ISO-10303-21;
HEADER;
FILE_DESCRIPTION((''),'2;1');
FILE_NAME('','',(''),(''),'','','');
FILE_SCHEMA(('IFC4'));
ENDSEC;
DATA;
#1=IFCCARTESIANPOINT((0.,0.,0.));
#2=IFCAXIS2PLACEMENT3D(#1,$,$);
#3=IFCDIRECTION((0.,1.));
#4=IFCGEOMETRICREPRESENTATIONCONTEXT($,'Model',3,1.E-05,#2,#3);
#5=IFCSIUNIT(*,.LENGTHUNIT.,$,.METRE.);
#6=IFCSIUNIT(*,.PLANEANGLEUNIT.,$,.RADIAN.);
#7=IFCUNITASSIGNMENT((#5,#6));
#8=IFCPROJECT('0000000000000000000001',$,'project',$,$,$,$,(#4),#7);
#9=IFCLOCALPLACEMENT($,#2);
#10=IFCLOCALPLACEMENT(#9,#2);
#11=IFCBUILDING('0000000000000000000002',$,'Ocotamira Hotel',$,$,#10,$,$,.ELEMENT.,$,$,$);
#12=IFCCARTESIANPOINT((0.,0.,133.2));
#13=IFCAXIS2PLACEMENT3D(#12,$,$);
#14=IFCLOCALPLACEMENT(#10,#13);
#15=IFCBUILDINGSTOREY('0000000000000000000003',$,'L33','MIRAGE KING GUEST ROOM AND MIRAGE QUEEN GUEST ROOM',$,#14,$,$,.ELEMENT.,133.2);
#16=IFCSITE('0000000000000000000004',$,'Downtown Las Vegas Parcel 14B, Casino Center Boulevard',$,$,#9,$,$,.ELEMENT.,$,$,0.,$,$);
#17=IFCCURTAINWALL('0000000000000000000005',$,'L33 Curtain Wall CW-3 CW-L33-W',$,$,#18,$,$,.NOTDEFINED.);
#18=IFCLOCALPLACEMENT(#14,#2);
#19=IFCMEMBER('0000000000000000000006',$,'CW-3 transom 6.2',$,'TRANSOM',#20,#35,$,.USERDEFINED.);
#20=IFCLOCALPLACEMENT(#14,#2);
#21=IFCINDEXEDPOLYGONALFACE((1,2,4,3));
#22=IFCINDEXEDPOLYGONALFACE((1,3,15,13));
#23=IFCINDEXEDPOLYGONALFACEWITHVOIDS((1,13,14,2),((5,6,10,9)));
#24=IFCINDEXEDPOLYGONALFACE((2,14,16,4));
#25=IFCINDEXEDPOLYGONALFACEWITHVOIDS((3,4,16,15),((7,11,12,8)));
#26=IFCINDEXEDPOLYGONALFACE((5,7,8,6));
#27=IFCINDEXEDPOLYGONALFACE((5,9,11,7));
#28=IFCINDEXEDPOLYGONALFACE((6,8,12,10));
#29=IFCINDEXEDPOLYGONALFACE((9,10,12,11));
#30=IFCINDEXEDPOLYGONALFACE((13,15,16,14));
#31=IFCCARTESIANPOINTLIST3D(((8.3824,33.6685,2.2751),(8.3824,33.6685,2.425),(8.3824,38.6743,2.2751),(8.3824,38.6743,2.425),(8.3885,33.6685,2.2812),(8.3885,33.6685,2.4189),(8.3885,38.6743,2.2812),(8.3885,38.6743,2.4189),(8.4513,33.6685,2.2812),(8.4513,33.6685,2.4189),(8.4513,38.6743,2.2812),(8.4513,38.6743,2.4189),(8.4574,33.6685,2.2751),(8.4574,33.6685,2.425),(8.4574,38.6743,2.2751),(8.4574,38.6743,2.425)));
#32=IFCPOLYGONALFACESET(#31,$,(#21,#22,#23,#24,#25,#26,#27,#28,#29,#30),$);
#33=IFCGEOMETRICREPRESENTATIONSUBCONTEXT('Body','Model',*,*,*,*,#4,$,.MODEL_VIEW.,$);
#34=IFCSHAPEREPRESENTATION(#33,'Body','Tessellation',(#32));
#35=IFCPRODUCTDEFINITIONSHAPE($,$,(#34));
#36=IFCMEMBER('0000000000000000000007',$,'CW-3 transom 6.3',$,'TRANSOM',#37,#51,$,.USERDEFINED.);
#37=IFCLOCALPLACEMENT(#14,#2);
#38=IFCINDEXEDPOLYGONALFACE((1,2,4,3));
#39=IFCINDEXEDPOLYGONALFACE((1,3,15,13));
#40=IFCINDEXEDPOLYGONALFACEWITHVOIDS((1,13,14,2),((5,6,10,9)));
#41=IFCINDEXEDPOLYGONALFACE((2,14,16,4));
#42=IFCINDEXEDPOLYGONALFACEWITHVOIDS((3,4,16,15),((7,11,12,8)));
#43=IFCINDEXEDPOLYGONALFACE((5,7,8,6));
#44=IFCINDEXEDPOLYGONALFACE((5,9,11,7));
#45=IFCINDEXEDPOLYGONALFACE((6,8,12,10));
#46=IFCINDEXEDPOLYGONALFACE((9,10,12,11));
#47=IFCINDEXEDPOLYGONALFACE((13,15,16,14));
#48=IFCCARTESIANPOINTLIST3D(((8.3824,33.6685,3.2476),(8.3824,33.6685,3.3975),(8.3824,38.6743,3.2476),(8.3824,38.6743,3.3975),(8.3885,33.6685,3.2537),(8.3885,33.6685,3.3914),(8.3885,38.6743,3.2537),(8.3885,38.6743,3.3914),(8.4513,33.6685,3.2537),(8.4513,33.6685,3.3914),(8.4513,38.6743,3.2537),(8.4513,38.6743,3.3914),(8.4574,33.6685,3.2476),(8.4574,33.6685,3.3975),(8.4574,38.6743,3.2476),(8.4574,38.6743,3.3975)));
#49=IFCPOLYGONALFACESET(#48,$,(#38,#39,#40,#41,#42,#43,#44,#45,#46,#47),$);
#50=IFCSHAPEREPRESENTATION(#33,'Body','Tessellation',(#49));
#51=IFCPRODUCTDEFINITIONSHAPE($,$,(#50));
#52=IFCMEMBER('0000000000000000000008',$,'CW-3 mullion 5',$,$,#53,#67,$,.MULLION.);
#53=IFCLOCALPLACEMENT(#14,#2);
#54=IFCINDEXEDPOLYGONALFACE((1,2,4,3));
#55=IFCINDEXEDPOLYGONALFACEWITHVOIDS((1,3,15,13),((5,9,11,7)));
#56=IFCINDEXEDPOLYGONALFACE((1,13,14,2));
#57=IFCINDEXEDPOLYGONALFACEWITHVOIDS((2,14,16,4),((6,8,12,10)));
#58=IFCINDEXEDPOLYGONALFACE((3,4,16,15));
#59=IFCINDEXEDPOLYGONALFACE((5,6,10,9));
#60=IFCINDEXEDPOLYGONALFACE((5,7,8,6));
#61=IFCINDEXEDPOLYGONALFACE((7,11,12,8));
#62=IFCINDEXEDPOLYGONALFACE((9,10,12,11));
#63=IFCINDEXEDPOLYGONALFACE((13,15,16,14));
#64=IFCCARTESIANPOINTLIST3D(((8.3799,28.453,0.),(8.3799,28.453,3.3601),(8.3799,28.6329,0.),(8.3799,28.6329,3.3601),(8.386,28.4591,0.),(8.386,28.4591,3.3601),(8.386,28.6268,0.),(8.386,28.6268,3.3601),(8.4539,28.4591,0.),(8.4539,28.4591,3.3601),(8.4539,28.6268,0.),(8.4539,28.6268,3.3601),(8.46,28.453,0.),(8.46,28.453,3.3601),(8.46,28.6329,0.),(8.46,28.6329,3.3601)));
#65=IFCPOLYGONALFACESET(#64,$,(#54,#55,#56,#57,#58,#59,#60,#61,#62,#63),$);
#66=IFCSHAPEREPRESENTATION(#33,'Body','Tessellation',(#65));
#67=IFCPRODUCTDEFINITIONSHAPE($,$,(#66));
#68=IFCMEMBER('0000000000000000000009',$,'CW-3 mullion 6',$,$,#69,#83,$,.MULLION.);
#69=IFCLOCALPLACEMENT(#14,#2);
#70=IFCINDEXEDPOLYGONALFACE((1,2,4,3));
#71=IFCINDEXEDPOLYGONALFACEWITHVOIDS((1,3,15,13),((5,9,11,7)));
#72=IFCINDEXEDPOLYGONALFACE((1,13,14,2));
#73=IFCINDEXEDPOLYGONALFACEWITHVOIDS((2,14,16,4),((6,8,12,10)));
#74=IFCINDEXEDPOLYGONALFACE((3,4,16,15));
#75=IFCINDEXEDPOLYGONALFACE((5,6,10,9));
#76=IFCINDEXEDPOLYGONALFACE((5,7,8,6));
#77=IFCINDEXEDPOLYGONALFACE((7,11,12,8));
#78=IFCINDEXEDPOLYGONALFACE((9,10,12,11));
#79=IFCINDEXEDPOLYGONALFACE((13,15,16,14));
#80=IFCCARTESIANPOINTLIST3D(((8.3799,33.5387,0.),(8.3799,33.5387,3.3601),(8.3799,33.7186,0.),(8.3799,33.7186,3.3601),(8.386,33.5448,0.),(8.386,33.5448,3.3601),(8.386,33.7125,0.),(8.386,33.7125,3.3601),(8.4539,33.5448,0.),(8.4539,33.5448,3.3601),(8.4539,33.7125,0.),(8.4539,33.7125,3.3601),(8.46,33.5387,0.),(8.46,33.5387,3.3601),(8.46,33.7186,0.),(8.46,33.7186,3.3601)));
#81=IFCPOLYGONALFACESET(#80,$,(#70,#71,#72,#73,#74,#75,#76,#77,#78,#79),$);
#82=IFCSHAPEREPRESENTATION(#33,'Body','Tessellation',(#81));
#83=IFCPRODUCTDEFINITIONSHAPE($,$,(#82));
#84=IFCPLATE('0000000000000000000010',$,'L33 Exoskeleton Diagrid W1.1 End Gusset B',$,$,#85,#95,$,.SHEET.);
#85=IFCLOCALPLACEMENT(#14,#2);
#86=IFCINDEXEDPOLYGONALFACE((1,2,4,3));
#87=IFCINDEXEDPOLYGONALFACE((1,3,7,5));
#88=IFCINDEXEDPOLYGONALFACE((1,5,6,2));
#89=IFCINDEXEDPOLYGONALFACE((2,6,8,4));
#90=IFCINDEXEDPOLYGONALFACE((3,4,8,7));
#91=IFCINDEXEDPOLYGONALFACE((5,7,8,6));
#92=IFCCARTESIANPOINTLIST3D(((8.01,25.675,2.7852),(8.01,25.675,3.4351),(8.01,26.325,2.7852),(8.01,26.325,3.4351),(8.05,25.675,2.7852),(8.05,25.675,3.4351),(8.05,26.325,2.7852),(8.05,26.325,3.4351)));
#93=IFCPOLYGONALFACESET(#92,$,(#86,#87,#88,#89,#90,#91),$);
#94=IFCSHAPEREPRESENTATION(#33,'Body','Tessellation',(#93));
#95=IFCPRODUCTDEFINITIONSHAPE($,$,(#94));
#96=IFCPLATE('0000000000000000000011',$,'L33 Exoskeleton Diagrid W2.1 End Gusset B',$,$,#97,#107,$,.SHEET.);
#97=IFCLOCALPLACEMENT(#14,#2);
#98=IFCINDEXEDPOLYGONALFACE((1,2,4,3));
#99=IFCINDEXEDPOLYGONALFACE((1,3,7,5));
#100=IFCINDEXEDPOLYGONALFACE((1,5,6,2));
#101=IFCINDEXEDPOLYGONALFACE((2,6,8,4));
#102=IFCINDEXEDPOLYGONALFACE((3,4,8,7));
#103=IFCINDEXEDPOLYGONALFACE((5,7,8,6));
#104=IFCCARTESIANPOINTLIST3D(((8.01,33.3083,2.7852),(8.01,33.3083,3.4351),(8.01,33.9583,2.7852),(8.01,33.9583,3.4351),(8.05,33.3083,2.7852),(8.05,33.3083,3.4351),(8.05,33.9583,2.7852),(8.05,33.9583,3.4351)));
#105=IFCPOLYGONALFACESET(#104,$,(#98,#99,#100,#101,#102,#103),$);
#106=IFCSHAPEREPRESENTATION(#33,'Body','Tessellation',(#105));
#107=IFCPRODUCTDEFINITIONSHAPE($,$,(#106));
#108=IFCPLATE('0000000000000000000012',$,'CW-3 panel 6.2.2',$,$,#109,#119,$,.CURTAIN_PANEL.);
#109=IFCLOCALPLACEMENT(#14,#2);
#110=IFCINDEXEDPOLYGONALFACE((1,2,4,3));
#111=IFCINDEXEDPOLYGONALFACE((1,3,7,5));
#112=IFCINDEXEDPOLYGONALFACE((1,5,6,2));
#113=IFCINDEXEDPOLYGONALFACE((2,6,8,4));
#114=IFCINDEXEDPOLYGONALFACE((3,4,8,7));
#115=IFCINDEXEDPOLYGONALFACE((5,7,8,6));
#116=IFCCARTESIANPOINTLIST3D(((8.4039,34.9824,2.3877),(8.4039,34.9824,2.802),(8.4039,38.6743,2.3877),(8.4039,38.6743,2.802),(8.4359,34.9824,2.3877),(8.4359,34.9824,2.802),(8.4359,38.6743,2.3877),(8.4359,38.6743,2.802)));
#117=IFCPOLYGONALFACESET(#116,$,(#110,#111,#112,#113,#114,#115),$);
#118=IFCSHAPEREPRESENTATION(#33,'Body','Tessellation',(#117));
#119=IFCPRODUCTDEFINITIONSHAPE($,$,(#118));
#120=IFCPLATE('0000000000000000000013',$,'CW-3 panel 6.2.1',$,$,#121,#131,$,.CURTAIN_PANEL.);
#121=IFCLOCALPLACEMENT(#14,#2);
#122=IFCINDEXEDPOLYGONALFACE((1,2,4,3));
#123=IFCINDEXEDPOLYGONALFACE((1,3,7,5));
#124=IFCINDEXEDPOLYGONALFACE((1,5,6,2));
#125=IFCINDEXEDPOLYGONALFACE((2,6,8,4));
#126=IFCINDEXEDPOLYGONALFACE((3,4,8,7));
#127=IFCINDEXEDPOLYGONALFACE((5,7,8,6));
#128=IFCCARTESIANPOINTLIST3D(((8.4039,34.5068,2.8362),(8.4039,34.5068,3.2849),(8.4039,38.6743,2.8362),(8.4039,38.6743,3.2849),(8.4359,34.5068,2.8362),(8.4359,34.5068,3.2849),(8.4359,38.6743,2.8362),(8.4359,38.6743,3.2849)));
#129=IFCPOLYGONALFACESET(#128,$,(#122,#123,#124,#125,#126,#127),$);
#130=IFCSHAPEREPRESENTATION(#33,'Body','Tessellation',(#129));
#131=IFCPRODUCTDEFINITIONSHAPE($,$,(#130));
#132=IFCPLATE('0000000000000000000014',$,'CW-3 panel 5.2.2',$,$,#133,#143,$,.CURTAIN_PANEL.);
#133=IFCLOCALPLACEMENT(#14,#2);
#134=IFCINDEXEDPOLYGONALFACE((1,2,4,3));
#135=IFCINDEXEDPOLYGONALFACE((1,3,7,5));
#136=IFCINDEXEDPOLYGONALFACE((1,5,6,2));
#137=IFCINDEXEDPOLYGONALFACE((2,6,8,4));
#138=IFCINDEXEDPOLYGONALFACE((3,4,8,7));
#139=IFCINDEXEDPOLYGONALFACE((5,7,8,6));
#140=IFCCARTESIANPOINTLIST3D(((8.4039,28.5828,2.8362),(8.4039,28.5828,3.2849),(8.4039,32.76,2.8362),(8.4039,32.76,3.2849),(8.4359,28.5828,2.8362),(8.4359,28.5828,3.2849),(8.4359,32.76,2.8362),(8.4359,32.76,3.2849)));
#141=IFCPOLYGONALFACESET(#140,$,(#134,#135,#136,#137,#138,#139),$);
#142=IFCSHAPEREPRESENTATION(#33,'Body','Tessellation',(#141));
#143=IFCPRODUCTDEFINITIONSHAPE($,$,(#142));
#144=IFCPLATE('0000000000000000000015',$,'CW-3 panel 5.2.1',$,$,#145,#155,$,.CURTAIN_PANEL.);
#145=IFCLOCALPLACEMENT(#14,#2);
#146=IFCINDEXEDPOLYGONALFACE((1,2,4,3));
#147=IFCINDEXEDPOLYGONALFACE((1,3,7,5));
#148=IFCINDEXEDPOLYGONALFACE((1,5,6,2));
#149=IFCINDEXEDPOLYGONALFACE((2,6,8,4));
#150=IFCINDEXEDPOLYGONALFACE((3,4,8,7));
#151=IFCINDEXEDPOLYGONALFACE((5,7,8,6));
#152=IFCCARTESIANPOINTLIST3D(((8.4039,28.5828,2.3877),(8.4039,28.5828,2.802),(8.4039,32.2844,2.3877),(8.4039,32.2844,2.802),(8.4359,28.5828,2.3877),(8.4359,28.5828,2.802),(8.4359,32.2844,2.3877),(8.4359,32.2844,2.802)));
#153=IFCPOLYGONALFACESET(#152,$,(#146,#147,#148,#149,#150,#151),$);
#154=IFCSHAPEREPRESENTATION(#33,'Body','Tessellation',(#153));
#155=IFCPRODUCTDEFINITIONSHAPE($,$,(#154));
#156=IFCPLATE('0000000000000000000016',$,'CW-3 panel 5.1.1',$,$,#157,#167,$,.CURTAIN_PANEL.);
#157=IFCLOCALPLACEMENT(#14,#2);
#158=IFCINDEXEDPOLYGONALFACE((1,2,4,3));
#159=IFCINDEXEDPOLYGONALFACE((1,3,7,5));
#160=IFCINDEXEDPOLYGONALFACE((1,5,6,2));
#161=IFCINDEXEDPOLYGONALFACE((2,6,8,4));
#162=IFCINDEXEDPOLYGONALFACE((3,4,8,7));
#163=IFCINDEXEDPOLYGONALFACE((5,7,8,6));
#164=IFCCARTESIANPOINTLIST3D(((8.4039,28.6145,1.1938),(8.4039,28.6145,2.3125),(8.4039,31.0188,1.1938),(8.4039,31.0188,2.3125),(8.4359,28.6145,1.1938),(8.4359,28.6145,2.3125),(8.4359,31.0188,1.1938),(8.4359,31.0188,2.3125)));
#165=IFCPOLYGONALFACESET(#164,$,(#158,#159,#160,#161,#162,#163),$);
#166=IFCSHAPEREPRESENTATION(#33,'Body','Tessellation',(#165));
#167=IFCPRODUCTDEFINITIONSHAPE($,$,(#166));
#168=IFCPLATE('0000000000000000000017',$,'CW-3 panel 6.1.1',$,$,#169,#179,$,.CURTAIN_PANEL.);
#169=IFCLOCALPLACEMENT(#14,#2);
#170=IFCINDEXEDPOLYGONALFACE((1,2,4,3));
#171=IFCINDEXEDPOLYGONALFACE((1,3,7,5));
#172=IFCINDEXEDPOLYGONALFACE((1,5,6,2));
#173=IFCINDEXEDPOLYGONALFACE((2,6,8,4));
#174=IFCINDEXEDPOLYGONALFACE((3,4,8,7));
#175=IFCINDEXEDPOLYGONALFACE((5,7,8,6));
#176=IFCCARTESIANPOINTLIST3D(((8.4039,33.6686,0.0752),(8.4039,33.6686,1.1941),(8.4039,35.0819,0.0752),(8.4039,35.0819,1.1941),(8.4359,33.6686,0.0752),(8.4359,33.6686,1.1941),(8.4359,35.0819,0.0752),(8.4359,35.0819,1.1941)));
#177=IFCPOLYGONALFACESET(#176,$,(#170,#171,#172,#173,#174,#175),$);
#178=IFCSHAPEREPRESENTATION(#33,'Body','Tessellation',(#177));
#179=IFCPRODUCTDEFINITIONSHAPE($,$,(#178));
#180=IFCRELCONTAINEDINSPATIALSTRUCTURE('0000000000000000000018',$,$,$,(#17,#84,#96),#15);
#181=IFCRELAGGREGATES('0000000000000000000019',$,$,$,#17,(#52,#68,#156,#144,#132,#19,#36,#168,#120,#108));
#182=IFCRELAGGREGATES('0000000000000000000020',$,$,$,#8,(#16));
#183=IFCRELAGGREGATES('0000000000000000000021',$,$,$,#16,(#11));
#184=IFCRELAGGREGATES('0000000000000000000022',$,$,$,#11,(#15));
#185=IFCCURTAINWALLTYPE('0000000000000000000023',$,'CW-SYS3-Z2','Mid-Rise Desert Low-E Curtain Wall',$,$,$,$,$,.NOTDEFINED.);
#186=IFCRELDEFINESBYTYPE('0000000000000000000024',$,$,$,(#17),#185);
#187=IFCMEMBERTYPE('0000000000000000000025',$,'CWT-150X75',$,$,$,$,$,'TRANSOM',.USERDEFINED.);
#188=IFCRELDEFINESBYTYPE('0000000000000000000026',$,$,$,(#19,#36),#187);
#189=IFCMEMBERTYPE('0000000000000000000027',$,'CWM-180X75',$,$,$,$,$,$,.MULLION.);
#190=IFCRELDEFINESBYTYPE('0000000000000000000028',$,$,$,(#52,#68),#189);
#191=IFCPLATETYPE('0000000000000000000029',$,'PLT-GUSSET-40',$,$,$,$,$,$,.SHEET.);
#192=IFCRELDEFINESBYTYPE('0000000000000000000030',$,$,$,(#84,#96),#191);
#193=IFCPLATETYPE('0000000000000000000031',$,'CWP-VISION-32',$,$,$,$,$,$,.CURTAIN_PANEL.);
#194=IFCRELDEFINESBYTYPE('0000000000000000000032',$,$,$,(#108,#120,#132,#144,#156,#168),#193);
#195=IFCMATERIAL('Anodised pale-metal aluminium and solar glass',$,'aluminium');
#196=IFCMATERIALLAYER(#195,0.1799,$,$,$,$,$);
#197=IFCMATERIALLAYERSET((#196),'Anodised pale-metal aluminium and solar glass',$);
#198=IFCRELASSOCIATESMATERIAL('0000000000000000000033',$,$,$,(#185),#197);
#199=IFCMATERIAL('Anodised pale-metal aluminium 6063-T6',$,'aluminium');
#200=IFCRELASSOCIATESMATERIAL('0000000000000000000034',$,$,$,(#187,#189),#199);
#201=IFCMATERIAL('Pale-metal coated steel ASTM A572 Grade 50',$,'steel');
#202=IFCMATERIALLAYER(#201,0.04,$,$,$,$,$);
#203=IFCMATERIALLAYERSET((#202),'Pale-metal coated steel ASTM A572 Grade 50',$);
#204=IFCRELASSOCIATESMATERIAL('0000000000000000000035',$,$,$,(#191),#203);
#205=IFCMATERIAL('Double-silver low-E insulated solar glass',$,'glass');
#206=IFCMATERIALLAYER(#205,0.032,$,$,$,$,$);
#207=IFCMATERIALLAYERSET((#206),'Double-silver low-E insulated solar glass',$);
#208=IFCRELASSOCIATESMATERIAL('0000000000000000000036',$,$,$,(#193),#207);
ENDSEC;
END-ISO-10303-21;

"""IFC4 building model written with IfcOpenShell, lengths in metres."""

from ifc_helpers import new_model, si_unit, direction, frame, origin, origin_2d, place, context, subcontext, project, spatial, rectangle, hollow_rectangle, extrude, source, transform, mapped, material, layer, layer_set, material_profile, profile_set, type_object, element, aggregate, save


model = new_model("IFC4")

# Units and contexts
model_context = context("Model", 3, precision=1e-05, world=origin(), true_north=direction((0.0, 1.0)))
body_context = subcontext(model_context, "Body", "Model", "MODEL_VIEW")
ifc_project = project(units=[si_unit("LENGTHUNIT", "METRE"), si_unit("PLANEANGLEUNIT", "RADIAN")], contexts=[model_context])

# Site, building, storey
site_placement = place(None, origin())
site = spatial("IfcSite", under=ifc_project, at=site_placement, Name="Downtown Las Vegas Parcel 14B, Casino Center Boulevard", CompositionType="ELEMENT", RefElevation=0.0)
building_placement = place(site_placement, origin())
building = spatial("IfcBuilding", under=site, at=building_placement, Name="Ocotamira Hotel", CompositionType="ELEMENT")
storey_placement = place(building_placement, frame((0.0, 0.0, 133.2)))
storey = spatial("IfcBuildingStorey", under=building, at=storey_placement, Name="L33", Description="MIRAGE KING GUEST ROOM AND MIRAGE QUEEN GUEST ROOM", CompositionType="ELEMENT", Elevation=133.2)

# Curtain wall, members
ifc_material_1 = material(Name="Anodised pale-metal aluminium and solar glass", Category="aluminium")
ifc_layer_1 = layer(ifc_material_1, 0.1799)
ifc_layer_set_1 = layer_set([ifc_layer_1], Name="Anodised pale-metal aluminium and solar glass")
curtain_wall_type = type_object("IfcCurtainWallType", Name="CW-SYS3-Z2", Description="Mid-Rise Desert Low-E Curtain Wall", PredefinedType="NOTDEFINED", material=ifc_layer_set_1)
curtain_wall_placement = place(storey_placement, origin())
curtain_wall = element("IfcCurtainWall", 1, at=curtain_wall_placement, inside=storey, type_object=curtain_wall_type, Name="L33 Curtain Wall CW-3 CW-L33-W", PredefinedType="NOTDEFINED")
ifc_material_2 = material(Name="Anodised pale-metal aluminium 6063-T6", Category="aluminium")
ifc_material_profile_1 = material_profile(ifc_material_2, hollow_rectangle(XDim=0.075, YDim=0.1499, WallThickness=0.0061, at=origin_2d()), Name="HSS150X75X6")
ifc_profile_set_1 = profile_set([ifc_material_profile_1], Name="Anodised pale-metal aluminium 6063-T6")
member_type_1 = type_object("IfcMemberType", Name="CWT-150X75", ElementType="TRANSOM", PredefinedType="USERDEFINED", material=ifc_profile_set_1)
shared_shape_1 = source(origin(), body_context, "Body", "SweptSolid", [
    extrude(hollow_rectangle(XDim=0.075, YDim=0.1499, WallThickness=0.0061, at=origin_2d()), origin(), (0.0, 0.0, 1.0), 5.0059),
])
member_1_placement = place(storey_placement, frame((8.4199, 33.6685, 2.3501), z_axis=(0.0, 1.0, 0.0), x_axis=(-1.0, 0.0, 0.0)))
member_1 = element("IfcMember", 2, at=member_1_placement, type_object=member_type_1, Name="CW-3 transom 6.2", ObjectType="TRANSOM", PredefinedType="USERDEFINED", context=body_context, shape_type="MappedRepresentation", body=[
    mapped(shared_shape_1, transform((0.0, 0.0, 0.0), scale=1.0)),
])
member_2_placement = place(storey_placement, frame((8.4199, 33.6685, 3.3225), z_axis=(0.0, 1.0, 0.0), x_axis=(-1.0, 0.0, 0.0)))
member_2 = element("IfcMember", 3, at=member_2_placement, type_object=member_type_1, Name="CW-3 transom 6.3", ObjectType="TRANSOM", PredefinedType="USERDEFINED", context=body_context, shape_type="MappedRepresentation", body=[
    mapped(shared_shape_1, transform((0.0, 0.0, 0.0), scale=1.0)),
])
ifc_material_profile_2 = material_profile(ifc_material_2, hollow_rectangle(XDim=0.0801, YDim=0.1799, WallThickness=0.0061, at=origin_2d()), Name="HSS180X80X6")
ifc_profile_set_2 = profile_set([ifc_material_profile_2], Name="Anodised pale-metal aluminium 6063-T6")
member_type_2 = type_object("IfcMemberType", Name="CWM-180X75", PredefinedType="MULLION", material=ifc_profile_set_2)
shared_shape_2 = source(origin(), body_context, "Body", "SweptSolid", [
    extrude(hollow_rectangle(XDim=0.0801, YDim=0.1799, WallThickness=0.0061, at=origin_2d()), origin(), (0.0, 0.0, 1.0), 3.3601),
])
member_3_placement = place(storey_placement, frame((8.4199, 28.543, 0.0), z_axis=(0.0, 0.0, 1.0), x_axis=(-1.0, 0.0, 0.0)))
member_3 = element("IfcMember", 4, at=member_3_placement, type_object=member_type_2, Name="CW-3 mullion 5", PredefinedType="MULLION", context=body_context, shape_type="MappedRepresentation", body=[
    mapped(shared_shape_2, transform((0.0, 0.0, 0.0), scale=1.0)),
])
member_4_placement = place(storey_placement, frame((8.4199, 33.6287, 0.0), z_axis=(0.0, 0.0, 1.0), x_axis=(-1.0, 0.0, 0.0)))
member_4 = element("IfcMember", 5, at=member_4_placement, type_object=member_type_2, Name="CW-3 mullion 6", PredefinedType="MULLION", context=body_context, shape_type="MappedRepresentation", body=[
    mapped(shared_shape_2, transform((0.0, 0.0, 0.0), scale=1.0)),
])

# Plates
ifc_material_3 = material(Name="Pale-metal coated steel ASTM A572 Grade 50", Category="steel")
ifc_layer_2 = layer(ifc_material_3, 0.04)
ifc_layer_set_2 = layer_set([ifc_layer_2], Name="Pale-metal coated steel ASTM A572 Grade 50")
plate_type_1 = type_object("IfcPlateType", Name="PLT-GUSSET-40", PredefinedType="SHEET", material=ifc_layer_set_2)
shared_shape_3 = source(origin(), body_context, "Body", "SweptSolid", [
    extrude(rectangle(XDim=0.04, YDim=0.6499, at=origin_2d()), origin(), (0.0, 0.0, 1.0), 0.6499),
])
for number, where, z_axis, x_axis, name in (
    (6, (8.03, 26.0, 2.7852), (0.0, 0.0, 1.0), (1.0, 0.0, 0.0), "L33 Exoskeleton Diagrid W1.1 End Gusset B"),
    (7, (8.03, 33.6333, 2.7852), (0.0, 0.0, 1.0), (1.0, 0.0, 0.0), "L33 Exoskeleton Diagrid W2.1 End Gusset B"),
):
    element("IfcPlate", number, at=place(storey_placement, frame(where, z_axis=z_axis, x_axis=x_axis)), inside=storey, type_object=plate_type_1, Name=name, PredefinedType="SHEET", context=body_context, shape_type="MappedRepresentation", body=[
        mapped(shared_shape_3, transform((0.0, 0.0, 0.0), scale=1.0)),
    ])

# Plates
ifc_material_4 = material(Name="Double-silver low-E insulated solar glass", Category="glass")
ifc_layer_3 = layer(ifc_material_4, 0.032)
ifc_layer_set_3 = layer_set([ifc_layer_3], Name="Double-silver low-E insulated solar glass")
plate_type_2 = type_object("IfcPlateType", Name="CWP-VISION-32", PredefinedType="CURTAIN_PANEL", material=ifc_layer_set_3)
shared_shape_4 = source(origin(), body_context, "Body", "SweptSolid", [
    extrude(rectangle(XDim=3.6919, YDim=0.032, at=origin_2d()), origin(), (0.0, 0.0, 1.0), 0.4143),
])
plate_1_placement = place(storey_placement, frame((8.4199, 36.8284, 2.3877), z_axis=(0.0, 0.0, 1.0), x_axis=(0.0, 1.0, 0.0)))
plate_1 = element("IfcPlate", 8, at=plate_1_placement, type_object=plate_type_2, Name="CW-3 panel 6.2.2", PredefinedType="CURTAIN_PANEL", context=body_context, shape_type="MappedRepresentation", body=[
    mapped(shared_shape_4, transform((0.0, 0.0, 0.0), scale=1.0)),
])
shared_shape_5 = source(origin(), body_context, "Body", "SweptSolid", [
    extrude(rectangle(XDim=4.1675, YDim=0.032, at=origin_2d()), origin(), (0.0, 0.0, 1.0), 0.4487),
])
plate_2_placement = place(storey_placement, frame((8.4199, 36.5906, 2.8362), z_axis=(0.0, 0.0, 1.0), x_axis=(0.0, 1.0, 0.0)))
plate_2 = element("IfcPlate", 9, at=plate_2_placement, type_object=plate_type_2, Name="CW-3 panel 6.2.1", PredefinedType="CURTAIN_PANEL", context=body_context, shape_type="MappedRepresentation", body=[
    mapped(shared_shape_5, transform((0.0, 0.0, 0.0), scale=1.0)),
])
shared_shape_6 = source(origin(), body_context, "Body", "SweptSolid", [
    extrude(rectangle(XDim=4.1772, YDim=0.032, at=origin_2d()), origin(), (0.0, 0.0, 1.0), 0.4487),
])
plate_3_placement = place(storey_placement, frame((8.4199, 30.6714, 2.8362), z_axis=(0.0, 0.0, 1.0), x_axis=(0.0, 1.0, 0.0)))
plate_3 = element("IfcPlate", 10, at=plate_3_placement, type_object=plate_type_2, Name="CW-3 panel 5.2.2", PredefinedType="CURTAIN_PANEL", context=body_context, shape_type="MappedRepresentation", body=[
    mapped(shared_shape_6, transform((0.0, 0.0, 0.0), scale=1.0)),
])
shared_shape_7 = source(origin(), body_context, "Body", "SweptSolid", [
    extrude(rectangle(XDim=3.7017, YDim=0.032, at=origin_2d()), origin(), (0.0, 0.0, 1.0), 0.4143),
])
plate_4_placement = place(storey_placement, frame((8.4199, 30.4336, 2.3877), z_axis=(0.0, 0.0, 1.0), x_axis=(0.0, 1.0, 0.0)))
plate_4 = element("IfcPlate", 11, at=plate_4_placement, type_object=plate_type_2, Name="CW-3 panel 5.2.1", PredefinedType="CURTAIN_PANEL", context=body_context, shape_type="MappedRepresentation", body=[
    mapped(shared_shape_7, transform((0.0, 0.0, 0.0), scale=1.0)),
])
shared_shape_8 = source(origin(), body_context, "Body", "SweptSolid", [
    extrude(rectangle(XDim=2.4043, YDim=0.032, at=origin_2d()), origin(), (0.0, 0.0, 1.0), 1.1187),
])
plate_5_placement = place(storey_placement, frame((8.4199, 29.8167, 1.1938), z_axis=(0.0, 0.0, 1.0), x_axis=(0.0, 1.0, 0.0)))
plate_5 = element("IfcPlate", 12, at=plate_5_placement, type_object=plate_type_2, Name="CW-3 panel 5.1.1", PredefinedType="CURTAIN_PANEL", context=body_context, shape_type="MappedRepresentation", body=[
    mapped(shared_shape_8, transform((0.0, 0.0, 0.0), scale=1.0)),
])
shared_shape_9 = source(origin(), body_context, "Body", "SweptSolid", [
    extrude(rectangle(XDim=1.4133, YDim=0.032, at=origin_2d()), origin(), (0.0, 0.0, 1.0), 1.1189),
])
plate_6_placement = place(storey_placement, frame((8.4199, 34.3752, 0.0752), z_axis=(0.0, 0.0, 1.0), x_axis=(0.0, 1.0, 0.0)))
plate_6 = element("IfcPlate", 13, at=plate_6_placement, type_object=plate_type_2, Name="CW-3 panel 6.1.1", PredefinedType="CURTAIN_PANEL", context=body_context, shape_type="MappedRepresentation", body=[
    mapped(shared_shape_9, transform((0.0, 0.0, 0.0), scale=1.0)),
])
aggregate(curtain_wall, [member_3, member_4, plate_5, plate_4, plate_3, member_1, member_2, plate_6, plate_2, plate_1])

save(model, "model.ifc")
